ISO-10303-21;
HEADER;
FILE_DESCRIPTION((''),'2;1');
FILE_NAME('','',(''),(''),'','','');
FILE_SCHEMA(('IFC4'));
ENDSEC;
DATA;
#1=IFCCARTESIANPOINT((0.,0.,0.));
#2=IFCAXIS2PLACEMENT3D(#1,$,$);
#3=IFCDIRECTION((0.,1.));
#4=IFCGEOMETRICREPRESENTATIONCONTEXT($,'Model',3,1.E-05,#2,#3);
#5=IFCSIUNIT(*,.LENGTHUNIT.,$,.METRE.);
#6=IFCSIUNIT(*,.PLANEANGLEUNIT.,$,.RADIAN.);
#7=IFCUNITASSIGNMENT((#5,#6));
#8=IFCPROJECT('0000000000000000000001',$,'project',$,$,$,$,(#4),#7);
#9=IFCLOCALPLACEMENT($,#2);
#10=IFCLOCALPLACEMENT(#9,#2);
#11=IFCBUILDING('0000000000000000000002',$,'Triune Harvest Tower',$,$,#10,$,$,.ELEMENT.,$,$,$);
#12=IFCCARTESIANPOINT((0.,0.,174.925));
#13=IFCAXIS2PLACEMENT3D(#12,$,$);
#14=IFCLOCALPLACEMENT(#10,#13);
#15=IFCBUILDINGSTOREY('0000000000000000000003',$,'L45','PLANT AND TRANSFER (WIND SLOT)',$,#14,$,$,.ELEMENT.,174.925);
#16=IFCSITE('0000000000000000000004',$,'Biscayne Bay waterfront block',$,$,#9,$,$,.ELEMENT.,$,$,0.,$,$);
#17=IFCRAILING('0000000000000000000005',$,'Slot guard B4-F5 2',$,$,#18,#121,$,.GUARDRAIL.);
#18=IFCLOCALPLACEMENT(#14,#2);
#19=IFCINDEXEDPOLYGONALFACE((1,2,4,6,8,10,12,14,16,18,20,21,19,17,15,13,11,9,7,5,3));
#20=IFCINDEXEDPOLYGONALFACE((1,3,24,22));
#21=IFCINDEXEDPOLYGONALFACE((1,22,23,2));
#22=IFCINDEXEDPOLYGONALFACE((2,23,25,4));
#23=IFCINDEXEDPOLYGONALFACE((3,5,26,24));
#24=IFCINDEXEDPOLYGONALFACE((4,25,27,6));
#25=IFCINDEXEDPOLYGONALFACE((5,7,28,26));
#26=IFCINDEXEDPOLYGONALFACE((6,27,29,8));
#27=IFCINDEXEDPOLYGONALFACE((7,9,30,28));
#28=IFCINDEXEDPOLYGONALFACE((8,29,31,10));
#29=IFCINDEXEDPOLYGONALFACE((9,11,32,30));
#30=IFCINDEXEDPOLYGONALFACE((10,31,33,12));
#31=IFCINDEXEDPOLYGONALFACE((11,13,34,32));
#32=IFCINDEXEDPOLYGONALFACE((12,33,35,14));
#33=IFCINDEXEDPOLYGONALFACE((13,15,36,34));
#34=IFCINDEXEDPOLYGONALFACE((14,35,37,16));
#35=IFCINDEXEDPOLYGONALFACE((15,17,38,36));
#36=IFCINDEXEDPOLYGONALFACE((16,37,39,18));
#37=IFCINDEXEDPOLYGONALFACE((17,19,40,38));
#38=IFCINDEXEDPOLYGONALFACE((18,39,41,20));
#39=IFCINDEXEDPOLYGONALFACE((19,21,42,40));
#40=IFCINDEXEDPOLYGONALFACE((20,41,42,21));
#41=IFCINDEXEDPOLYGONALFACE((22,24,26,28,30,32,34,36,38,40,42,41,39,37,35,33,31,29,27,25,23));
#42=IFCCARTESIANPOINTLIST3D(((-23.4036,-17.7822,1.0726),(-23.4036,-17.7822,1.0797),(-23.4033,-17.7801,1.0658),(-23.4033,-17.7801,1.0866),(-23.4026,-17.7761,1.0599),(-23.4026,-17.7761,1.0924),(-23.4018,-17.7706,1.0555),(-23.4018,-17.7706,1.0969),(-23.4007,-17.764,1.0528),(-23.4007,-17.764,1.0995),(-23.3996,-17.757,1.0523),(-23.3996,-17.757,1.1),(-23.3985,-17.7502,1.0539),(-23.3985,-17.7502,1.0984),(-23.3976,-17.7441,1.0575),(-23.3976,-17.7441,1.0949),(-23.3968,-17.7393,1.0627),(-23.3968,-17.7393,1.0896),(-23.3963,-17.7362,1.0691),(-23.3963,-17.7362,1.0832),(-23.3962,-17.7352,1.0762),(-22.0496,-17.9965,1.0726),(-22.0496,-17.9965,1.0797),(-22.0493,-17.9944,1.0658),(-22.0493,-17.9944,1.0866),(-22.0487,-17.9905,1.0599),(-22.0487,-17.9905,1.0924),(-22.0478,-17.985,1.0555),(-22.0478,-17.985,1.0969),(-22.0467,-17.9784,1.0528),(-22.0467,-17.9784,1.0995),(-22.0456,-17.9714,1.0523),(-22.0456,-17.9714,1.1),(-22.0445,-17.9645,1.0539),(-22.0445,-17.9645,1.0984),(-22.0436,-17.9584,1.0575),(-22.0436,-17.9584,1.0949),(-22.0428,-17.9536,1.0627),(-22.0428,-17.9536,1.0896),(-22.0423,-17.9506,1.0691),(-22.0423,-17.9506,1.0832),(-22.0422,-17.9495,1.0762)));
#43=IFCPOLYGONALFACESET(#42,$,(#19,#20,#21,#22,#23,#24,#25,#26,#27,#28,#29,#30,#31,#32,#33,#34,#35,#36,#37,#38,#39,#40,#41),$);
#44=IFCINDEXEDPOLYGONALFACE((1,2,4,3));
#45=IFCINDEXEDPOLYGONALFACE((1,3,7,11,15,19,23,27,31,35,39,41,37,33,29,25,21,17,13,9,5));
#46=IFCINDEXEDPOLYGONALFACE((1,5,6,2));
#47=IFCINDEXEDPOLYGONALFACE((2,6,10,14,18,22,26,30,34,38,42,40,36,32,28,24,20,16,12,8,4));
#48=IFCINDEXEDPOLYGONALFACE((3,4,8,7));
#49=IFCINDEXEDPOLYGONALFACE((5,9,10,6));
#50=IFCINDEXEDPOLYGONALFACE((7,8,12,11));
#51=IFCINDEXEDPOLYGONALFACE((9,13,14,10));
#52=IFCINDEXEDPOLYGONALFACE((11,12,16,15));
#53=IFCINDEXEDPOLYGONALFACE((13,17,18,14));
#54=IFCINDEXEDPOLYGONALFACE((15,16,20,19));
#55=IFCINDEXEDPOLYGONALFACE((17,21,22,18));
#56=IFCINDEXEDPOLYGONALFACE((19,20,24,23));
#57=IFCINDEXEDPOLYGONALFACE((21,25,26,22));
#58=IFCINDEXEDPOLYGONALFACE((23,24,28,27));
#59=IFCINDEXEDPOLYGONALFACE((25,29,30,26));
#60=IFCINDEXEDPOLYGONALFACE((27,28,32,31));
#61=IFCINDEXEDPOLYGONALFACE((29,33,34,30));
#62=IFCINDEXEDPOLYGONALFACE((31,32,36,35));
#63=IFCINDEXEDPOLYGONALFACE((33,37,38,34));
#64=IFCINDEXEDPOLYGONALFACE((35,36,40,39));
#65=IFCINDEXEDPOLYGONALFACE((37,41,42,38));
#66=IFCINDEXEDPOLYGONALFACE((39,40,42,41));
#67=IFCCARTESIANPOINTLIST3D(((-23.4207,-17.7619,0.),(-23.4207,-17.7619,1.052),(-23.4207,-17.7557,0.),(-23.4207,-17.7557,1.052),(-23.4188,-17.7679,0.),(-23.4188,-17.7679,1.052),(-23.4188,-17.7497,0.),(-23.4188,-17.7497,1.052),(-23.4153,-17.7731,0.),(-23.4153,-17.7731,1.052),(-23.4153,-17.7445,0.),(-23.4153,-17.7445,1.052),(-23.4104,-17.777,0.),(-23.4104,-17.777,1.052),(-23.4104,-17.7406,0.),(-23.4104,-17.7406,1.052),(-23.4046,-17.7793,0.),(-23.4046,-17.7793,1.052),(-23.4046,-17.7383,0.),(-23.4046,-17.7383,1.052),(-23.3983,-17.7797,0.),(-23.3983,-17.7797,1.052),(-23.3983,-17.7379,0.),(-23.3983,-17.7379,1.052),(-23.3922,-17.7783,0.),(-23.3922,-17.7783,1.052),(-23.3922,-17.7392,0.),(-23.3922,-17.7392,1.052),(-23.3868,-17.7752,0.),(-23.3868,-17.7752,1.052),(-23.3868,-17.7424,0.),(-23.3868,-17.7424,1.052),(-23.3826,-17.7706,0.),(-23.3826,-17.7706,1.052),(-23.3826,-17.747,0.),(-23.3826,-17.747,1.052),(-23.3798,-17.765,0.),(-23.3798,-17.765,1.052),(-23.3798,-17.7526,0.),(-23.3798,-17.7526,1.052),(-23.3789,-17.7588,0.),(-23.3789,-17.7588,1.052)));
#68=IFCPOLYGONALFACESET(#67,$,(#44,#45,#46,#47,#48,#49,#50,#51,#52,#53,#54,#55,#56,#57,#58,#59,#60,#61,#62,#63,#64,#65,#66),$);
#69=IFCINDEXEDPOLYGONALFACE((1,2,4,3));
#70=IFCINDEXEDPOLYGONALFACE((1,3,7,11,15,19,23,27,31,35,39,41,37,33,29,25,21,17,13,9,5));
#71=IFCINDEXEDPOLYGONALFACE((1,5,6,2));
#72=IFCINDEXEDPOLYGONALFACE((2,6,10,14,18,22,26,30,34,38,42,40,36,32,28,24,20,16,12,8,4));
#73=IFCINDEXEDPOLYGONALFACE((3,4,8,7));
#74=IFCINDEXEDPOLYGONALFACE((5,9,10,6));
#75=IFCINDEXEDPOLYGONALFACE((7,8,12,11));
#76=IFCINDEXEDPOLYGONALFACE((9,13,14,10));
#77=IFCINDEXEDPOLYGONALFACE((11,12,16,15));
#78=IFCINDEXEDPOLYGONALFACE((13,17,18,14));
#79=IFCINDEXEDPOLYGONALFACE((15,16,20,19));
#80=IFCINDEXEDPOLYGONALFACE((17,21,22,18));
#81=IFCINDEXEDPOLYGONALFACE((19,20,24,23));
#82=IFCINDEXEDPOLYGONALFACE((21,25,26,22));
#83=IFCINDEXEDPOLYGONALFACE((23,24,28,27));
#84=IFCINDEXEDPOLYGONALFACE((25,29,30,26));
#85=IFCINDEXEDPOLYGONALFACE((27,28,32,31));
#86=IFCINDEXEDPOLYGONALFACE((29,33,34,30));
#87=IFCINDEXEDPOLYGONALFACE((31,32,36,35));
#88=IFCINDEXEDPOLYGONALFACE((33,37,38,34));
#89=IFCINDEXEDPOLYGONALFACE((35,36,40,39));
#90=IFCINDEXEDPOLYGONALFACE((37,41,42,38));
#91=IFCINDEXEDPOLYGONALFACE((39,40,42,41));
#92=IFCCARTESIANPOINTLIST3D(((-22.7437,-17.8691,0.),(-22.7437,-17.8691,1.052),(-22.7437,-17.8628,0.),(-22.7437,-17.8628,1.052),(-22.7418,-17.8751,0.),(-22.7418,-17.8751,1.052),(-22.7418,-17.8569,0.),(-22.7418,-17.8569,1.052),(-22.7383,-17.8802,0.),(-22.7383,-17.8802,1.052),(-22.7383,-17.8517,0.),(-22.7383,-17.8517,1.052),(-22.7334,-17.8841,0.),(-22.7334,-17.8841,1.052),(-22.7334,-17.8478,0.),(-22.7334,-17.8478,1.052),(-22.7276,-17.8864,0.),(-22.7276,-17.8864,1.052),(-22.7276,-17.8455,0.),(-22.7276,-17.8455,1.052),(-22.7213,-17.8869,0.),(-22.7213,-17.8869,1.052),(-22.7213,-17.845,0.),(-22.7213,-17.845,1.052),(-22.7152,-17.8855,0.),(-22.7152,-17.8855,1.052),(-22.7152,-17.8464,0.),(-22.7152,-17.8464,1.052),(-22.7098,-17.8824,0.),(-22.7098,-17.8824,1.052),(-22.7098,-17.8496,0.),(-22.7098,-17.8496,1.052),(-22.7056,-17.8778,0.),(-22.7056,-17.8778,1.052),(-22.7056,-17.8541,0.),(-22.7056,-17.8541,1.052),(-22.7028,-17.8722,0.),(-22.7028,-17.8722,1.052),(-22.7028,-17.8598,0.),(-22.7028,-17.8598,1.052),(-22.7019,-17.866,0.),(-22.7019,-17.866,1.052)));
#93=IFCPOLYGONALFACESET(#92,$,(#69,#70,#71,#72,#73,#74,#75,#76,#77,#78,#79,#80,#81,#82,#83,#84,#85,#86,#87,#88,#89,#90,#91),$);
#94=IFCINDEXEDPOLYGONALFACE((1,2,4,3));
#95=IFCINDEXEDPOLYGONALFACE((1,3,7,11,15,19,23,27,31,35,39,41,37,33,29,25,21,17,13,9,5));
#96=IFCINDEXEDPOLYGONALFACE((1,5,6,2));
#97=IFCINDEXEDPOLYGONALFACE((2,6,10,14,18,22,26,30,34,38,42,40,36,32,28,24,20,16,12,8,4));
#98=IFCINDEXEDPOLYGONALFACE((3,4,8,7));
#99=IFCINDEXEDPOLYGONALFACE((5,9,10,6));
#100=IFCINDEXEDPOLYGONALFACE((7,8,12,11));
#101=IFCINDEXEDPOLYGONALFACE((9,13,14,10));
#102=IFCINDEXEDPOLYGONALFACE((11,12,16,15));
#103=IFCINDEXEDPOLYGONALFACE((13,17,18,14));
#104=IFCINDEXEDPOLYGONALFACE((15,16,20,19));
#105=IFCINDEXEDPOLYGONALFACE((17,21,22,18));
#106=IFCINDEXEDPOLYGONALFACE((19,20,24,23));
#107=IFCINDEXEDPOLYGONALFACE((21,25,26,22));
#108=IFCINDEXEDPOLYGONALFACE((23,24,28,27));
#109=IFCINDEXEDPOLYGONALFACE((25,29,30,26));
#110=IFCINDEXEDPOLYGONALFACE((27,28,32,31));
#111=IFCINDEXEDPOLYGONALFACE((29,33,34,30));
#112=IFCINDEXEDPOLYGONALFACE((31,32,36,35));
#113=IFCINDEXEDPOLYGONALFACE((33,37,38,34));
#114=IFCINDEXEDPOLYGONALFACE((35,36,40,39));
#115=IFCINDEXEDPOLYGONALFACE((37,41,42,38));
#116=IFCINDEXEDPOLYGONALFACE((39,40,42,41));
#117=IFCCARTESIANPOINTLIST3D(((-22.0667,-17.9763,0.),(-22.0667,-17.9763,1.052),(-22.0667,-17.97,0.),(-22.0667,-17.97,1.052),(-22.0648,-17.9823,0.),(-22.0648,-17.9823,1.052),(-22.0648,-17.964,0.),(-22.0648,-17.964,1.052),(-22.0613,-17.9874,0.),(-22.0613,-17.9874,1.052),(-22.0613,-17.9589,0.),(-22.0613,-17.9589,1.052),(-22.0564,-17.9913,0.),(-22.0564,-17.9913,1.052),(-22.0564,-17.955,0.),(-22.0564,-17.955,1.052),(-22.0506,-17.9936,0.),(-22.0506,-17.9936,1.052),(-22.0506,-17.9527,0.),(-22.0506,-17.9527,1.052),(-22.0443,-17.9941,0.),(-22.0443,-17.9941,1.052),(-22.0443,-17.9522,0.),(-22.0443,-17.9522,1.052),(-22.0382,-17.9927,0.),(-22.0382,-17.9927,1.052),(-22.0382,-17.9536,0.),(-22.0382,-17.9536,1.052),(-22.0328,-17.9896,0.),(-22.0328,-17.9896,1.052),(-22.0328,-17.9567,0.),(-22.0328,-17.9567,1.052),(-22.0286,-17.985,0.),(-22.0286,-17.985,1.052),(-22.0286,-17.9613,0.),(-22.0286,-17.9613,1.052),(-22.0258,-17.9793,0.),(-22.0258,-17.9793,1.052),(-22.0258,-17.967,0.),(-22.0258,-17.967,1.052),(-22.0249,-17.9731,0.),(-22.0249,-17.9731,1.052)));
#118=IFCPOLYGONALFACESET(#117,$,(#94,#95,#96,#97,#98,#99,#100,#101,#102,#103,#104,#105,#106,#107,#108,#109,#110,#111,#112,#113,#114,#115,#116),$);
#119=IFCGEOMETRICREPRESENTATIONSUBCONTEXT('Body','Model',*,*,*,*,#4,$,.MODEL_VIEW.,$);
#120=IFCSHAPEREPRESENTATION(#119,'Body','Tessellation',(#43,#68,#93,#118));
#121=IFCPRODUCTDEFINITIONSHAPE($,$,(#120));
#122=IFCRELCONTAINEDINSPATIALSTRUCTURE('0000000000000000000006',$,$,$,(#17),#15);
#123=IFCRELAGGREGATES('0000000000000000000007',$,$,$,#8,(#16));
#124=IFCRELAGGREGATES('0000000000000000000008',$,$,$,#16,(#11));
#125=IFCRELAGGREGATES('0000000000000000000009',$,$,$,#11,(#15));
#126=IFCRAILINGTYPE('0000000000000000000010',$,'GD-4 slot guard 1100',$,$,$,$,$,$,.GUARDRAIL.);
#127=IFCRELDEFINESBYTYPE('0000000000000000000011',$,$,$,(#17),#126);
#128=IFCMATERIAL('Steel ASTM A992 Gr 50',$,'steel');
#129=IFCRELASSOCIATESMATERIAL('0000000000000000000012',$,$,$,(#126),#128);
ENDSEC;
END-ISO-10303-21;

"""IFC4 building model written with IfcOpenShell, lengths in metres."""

from ifc_helpers import new_model, si_unit, direction, frame, origin, origin_2d, place, context, subcontext, project, spatial, circle, extrude, material, type_object, element, save


model = new_model("IFC4")

# Units and contexts
model_context = context("Model", 3, precision=1e-05, world=origin(), true_north=direction((0.0, 1.0)))
body_context = subcontext(model_context, "Body", "Model", "MODEL_VIEW")
ifc_project = project(units=[si_unit("LENGTHUNIT", "METRE"), si_unit("PLANEANGLEUNIT", "RADIAN")], contexts=[model_context])

# Site, building, storey
site_placement = place(None, origin())
site = spatial("IfcSite", under=ifc_project, at=site_placement, Name="Biscayne Bay waterfront block", CompositionType="ELEMENT", RefElevation=0.0)
building_placement = place(site_placement, origin())
building = spatial("IfcBuilding", under=site, at=building_placement, Name="Triune Harvest Tower", CompositionType="ELEMENT")
storey_placement = place(building_placement, frame((0.0, 0.0, 174.925)))
storey = spatial("IfcBuildingStorey", under=building, at=storey_placement, Name="L45", Description="PLANT AND TRANSFER (WIND SLOT)", CompositionType="ELEMENT", Elevation=174.925)

# Railing
ifc_material_1 = material(Name="Steel ASTM A992 Gr 50", Category="steel")
railing_type = type_object("IfcRailingType", Name="GD-4 slot guard 1100", PredefinedType="GUARDRAIL", material=ifc_material_1)
railing_1_placement = place(storey_placement, frame((-23.3999, -17.7588, 0.0)))
element("IfcRailing", 1, at=railing_1_placement, inside=storey, type_object=railing_type, Name="Slot guard B4-F5 2", PredefinedType="GUARDRAIL", context=body_context, shape_type="SweptSolid", body=[
    extrude(circle(Radius=0.0239, at=origin_2d()), frame((0.0, 0.0, 1.0762), z_axis=(0.987699, -0.156365, 0.0), x_axis=(0.156365, 0.987699, 0.0)), (0.0, 0.0, 1.0), 1.3708),
    extrude(circle(Radius=0.021, at=origin_2d()), origin(), (0.0, 0.0, 1.0), 1.052),
    extrude(circle(Radius=0.021, at=origin_2d()), frame((0.677, -0.1072, 0.0)), (0.0, 0.0, 1.0), 1.052),
    extrude(circle(Radius=0.021, at=origin_2d()), frame((1.354, -0.2144, 0.0)), (0.0, 0.0, 1.0), 1.052),
])

save(model, "model.ifc")
